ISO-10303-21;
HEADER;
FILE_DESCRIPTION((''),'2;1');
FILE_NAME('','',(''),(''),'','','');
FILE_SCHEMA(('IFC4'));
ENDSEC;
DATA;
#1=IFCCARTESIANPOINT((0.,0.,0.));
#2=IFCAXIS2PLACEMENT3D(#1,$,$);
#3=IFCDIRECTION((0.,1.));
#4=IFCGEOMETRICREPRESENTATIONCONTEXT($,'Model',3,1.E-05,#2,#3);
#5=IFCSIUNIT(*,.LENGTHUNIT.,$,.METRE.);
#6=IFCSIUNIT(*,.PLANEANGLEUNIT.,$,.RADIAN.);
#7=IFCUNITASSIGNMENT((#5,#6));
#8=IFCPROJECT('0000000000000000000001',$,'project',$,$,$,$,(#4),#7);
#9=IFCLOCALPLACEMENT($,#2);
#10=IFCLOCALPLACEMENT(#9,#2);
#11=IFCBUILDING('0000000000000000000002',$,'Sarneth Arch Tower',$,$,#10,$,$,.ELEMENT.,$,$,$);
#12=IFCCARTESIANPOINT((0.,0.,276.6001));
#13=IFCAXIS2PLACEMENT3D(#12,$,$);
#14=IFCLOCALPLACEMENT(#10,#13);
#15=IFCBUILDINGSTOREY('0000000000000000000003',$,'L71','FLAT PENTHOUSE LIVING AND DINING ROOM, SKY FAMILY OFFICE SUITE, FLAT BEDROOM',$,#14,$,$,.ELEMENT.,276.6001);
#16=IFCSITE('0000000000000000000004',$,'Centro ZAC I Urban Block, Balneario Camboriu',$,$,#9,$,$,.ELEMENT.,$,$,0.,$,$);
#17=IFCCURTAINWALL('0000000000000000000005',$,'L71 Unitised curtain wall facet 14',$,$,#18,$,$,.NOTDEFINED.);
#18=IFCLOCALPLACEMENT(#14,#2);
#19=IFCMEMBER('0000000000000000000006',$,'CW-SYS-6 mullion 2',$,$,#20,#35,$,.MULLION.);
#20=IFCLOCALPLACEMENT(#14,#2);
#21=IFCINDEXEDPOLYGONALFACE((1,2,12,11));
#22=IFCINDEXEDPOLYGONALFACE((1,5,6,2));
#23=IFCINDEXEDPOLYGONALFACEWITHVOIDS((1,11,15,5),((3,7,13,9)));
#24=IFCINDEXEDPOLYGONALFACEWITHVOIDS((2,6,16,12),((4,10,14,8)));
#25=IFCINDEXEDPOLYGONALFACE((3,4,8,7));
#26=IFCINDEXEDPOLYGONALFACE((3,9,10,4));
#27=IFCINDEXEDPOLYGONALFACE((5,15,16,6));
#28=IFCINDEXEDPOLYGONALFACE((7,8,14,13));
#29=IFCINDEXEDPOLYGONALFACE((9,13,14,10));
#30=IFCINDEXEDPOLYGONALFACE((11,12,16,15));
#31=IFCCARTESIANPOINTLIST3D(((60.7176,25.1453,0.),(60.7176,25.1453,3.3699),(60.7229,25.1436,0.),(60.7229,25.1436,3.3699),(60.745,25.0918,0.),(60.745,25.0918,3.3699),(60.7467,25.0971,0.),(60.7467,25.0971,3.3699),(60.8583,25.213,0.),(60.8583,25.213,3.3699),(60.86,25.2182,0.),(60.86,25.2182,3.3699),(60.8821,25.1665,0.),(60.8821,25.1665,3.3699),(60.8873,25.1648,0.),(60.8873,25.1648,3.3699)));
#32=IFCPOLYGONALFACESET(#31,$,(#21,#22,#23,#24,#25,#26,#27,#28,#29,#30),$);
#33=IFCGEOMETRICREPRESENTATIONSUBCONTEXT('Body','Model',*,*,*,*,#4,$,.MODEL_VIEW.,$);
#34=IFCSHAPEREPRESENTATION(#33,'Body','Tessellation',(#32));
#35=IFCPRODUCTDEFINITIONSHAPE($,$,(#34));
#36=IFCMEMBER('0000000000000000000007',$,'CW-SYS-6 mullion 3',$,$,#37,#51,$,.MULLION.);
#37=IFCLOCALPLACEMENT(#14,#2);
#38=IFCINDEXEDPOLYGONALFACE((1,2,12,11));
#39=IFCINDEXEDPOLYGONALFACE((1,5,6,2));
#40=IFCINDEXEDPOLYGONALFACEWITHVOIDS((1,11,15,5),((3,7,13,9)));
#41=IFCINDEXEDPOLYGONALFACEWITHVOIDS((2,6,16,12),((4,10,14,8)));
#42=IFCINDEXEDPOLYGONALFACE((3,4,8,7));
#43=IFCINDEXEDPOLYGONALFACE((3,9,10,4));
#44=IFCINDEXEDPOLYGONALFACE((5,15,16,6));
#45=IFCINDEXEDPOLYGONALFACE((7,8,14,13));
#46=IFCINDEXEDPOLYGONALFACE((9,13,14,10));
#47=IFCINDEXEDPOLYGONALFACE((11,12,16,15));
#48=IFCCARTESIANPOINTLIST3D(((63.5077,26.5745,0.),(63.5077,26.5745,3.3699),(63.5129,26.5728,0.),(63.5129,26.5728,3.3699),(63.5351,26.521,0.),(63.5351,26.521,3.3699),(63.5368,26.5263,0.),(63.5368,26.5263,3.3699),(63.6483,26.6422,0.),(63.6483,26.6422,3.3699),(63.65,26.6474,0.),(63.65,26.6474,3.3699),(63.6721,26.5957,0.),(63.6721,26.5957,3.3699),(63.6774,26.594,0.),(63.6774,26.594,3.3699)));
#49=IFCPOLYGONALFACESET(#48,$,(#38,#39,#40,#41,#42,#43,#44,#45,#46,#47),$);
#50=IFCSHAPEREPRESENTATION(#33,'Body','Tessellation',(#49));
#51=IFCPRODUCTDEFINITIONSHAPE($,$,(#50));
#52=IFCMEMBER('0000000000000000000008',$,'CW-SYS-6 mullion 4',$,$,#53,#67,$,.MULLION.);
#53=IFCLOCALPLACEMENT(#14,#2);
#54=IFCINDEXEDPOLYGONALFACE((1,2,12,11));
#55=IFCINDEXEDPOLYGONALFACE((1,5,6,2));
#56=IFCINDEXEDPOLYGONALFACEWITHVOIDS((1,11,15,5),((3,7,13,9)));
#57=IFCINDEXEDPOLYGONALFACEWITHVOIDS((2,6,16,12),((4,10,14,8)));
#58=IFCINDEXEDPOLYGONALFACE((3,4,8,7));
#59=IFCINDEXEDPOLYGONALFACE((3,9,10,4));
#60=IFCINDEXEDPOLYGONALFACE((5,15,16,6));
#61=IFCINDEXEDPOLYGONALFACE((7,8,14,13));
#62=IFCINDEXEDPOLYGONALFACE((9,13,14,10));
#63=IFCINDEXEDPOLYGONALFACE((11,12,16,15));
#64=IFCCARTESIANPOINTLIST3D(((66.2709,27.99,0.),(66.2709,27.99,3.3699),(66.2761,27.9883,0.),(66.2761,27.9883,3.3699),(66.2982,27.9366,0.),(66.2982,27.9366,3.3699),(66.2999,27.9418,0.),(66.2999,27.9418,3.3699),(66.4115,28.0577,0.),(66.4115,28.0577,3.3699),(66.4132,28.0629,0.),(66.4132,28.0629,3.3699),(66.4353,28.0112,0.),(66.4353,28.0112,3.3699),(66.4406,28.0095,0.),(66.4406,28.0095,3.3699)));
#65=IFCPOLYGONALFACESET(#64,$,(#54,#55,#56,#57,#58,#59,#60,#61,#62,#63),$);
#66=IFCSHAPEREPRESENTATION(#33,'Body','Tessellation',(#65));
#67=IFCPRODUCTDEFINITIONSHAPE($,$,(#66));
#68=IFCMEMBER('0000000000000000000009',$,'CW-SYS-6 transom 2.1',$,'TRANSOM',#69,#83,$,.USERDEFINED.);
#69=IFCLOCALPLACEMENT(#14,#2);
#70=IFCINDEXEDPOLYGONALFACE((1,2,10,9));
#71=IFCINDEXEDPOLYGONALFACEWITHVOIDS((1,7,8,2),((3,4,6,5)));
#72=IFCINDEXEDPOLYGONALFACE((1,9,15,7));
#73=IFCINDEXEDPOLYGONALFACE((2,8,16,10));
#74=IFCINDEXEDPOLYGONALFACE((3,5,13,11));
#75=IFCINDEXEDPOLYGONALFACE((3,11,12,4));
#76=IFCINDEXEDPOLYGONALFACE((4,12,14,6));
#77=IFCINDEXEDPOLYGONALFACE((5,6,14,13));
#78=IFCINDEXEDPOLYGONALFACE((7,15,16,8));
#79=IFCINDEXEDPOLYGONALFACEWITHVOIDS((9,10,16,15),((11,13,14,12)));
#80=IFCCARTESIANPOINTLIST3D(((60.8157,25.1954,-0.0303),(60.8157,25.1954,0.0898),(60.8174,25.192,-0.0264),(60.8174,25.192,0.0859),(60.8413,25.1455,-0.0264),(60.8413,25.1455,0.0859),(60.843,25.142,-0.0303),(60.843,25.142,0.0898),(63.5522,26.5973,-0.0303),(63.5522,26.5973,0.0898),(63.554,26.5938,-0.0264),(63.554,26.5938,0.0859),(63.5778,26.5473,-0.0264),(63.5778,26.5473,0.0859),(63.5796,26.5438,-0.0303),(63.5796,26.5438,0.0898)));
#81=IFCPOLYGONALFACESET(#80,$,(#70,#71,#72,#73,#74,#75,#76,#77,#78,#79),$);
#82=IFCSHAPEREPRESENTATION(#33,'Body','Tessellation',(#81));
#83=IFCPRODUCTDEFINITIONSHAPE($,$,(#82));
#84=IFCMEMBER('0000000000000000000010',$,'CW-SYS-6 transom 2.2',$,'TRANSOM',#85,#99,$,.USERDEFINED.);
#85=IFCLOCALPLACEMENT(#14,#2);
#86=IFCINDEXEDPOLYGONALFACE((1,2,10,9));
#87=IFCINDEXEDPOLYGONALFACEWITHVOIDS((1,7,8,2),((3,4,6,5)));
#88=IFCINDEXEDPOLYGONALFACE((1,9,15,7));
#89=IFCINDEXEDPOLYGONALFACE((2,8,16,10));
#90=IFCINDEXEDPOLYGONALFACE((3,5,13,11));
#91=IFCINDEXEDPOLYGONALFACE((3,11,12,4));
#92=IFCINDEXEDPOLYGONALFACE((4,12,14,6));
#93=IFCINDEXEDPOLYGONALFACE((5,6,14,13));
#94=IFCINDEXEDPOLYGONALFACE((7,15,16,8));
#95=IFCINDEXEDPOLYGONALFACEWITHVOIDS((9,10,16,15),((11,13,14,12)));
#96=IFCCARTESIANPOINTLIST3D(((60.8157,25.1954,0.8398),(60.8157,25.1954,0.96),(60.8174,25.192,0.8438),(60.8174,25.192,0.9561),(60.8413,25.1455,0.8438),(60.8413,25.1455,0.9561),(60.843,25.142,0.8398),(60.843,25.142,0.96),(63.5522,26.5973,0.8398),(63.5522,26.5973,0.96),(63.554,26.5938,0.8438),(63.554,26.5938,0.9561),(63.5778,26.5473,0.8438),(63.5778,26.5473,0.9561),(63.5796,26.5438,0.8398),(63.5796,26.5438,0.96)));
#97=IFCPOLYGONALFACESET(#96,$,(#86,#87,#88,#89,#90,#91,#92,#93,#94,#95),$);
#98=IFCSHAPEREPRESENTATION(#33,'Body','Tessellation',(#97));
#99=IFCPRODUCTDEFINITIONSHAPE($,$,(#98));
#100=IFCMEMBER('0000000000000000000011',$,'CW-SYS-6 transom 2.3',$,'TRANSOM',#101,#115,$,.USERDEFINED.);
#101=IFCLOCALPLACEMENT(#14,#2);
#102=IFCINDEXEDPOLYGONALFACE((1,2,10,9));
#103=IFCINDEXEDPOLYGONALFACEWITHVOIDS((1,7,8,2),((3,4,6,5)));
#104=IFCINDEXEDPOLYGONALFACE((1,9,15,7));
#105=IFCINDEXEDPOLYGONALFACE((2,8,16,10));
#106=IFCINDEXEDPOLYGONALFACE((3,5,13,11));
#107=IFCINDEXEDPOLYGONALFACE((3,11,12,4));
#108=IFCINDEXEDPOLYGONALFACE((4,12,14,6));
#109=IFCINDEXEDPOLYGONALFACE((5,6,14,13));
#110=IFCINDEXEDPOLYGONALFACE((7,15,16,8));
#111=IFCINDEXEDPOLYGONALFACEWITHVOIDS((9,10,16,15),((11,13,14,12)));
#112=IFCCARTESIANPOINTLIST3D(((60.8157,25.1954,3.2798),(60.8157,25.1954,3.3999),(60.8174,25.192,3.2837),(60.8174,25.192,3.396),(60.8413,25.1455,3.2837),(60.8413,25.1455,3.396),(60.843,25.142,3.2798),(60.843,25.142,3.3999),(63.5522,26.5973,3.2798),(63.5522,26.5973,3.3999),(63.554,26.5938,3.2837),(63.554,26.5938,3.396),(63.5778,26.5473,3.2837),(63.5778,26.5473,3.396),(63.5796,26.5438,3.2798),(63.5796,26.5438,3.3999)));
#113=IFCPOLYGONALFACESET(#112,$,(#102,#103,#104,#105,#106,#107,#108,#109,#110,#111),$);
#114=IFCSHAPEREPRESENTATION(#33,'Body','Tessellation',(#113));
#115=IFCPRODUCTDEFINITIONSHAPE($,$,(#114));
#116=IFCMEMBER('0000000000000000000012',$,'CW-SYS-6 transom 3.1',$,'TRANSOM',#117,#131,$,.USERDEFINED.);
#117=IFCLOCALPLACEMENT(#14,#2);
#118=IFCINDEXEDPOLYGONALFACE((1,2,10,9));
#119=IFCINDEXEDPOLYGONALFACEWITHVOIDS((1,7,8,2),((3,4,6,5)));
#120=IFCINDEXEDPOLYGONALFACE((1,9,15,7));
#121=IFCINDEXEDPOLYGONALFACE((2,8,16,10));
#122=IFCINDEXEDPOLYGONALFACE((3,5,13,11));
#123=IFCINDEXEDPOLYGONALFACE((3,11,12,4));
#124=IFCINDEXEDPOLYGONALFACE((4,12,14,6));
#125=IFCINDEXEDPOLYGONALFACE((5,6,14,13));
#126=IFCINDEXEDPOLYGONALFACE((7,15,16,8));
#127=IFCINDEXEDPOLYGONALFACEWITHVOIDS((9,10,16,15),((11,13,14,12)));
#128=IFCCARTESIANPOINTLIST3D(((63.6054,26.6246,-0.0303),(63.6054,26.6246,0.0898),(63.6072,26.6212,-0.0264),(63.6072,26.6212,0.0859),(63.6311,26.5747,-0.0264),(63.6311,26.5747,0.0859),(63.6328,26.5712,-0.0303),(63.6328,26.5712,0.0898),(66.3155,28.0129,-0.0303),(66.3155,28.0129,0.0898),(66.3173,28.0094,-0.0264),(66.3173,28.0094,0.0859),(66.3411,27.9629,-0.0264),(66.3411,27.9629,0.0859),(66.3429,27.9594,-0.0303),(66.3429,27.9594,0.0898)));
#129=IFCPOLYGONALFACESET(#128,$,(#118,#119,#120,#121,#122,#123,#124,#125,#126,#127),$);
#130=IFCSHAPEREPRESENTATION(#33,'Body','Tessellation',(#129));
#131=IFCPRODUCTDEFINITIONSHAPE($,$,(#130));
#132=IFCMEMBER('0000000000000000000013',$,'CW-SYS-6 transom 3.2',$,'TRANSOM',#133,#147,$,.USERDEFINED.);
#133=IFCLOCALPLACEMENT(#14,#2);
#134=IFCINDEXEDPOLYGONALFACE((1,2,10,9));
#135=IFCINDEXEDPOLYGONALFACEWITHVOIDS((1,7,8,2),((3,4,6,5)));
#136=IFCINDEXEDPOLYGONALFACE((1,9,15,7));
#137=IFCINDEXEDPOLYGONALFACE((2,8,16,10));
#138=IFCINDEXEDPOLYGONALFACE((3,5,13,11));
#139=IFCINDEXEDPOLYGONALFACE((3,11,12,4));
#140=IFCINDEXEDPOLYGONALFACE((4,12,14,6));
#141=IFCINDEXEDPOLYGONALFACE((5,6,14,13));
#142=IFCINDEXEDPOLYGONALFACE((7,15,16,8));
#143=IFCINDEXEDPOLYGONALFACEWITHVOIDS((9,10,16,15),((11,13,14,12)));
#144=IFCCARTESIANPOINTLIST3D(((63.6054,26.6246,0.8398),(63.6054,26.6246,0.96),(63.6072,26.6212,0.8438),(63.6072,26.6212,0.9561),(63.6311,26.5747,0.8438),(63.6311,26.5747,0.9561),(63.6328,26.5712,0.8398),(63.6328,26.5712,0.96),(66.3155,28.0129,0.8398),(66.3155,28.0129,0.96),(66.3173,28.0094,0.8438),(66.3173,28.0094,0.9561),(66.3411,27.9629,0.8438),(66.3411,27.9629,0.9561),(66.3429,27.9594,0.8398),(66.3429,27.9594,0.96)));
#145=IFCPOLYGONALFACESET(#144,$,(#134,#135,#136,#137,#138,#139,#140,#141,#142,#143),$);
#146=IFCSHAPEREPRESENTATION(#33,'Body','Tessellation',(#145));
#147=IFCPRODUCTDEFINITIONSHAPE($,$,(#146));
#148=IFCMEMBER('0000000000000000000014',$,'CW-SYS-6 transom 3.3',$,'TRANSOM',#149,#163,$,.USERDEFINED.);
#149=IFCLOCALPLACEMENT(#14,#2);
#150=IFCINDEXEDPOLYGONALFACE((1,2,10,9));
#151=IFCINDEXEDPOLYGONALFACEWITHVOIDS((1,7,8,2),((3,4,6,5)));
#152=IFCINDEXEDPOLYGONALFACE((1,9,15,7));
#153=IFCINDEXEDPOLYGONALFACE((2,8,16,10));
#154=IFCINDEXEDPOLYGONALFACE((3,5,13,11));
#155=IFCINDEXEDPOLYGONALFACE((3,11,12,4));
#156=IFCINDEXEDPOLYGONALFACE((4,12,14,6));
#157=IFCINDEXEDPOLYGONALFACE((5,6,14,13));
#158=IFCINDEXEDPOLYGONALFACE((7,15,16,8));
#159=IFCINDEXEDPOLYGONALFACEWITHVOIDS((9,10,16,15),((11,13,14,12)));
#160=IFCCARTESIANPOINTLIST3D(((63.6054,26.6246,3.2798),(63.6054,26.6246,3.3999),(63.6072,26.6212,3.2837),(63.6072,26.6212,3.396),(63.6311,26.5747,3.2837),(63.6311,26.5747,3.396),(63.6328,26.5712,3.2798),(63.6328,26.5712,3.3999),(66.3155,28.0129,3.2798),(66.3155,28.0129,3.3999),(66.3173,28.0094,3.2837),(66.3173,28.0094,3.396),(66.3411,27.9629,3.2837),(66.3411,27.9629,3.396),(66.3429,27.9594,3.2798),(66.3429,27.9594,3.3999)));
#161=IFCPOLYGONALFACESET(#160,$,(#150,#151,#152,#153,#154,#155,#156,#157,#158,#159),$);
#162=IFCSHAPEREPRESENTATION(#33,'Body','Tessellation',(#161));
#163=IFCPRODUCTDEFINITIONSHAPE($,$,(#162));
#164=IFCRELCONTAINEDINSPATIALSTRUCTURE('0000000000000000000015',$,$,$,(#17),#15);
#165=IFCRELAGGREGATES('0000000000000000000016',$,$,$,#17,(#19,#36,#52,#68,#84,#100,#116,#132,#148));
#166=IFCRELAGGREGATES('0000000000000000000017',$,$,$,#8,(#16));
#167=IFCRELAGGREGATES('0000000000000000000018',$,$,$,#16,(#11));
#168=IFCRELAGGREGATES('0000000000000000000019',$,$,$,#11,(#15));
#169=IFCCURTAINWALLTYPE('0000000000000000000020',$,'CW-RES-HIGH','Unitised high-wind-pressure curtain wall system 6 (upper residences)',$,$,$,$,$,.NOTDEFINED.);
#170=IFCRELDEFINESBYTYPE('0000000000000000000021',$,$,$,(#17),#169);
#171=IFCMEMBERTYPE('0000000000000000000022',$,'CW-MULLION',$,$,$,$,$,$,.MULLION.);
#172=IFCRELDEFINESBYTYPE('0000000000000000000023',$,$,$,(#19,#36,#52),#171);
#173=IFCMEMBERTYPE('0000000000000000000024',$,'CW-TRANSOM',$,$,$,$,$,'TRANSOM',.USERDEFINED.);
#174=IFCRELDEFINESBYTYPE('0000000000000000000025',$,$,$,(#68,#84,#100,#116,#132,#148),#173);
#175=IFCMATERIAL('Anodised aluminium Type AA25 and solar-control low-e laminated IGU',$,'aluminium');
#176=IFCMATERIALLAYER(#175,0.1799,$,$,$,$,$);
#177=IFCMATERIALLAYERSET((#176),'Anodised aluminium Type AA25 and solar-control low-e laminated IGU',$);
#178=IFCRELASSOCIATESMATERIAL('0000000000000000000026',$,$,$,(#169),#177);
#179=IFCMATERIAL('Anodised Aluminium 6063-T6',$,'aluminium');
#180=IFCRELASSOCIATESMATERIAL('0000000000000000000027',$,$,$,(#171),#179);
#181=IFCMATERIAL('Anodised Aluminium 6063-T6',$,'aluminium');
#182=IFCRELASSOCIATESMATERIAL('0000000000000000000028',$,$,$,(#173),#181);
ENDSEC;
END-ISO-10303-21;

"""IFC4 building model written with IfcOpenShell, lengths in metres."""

from ifc_helpers import new_model, si_unit, direction, frame, origin, origin_2d, place, context, subcontext, project, spatial, hollow_rectangle, extrude, material, layer, layer_set, material_profile, profile_set, type_object, element, aggregate, save


model = new_model("IFC4")

# Units and contexts
model_context = context("Model", 3, precision=1e-05, world=origin(), true_north=direction((0.0, 1.0)))
body_context = subcontext(model_context, "Body", "Model", "MODEL_VIEW")
ifc_project = project(units=[si_unit("LENGTHUNIT", "METRE"), si_unit("PLANEANGLEUNIT", "RADIAN")], contexts=[model_context])

# Site, building, storey
site_placement = place(None, origin())
site = spatial("IfcSite", under=ifc_project, at=site_placement, Name="Centro ZAC I Urban Block, Balneario Camboriu", CompositionType="ELEMENT", RefElevation=0.0)
building_placement = place(site_placement, origin())
building = spatial("IfcBuilding", under=site, at=building_placement, Name="Sarneth Arch Tower", CompositionType="ELEMENT")
storey_placement = place(building_placement, frame((0.0, 0.0, 276.6001)))
storey = spatial("IfcBuildingStorey", under=building, at=storey_placement, Name="L71", Description="FLAT PENTHOUSE LIVING AND DINING ROOM, SKY FAMILY OFFICE SUITE, FLAT BEDROOM", CompositionType="ELEMENT", Elevation=276.6001)

# Curtain wall, members
ifc_material_1 = material(Name="Anodised aluminium Type AA25 and solar-control low-e laminated IGU", Category="aluminium")
ifc_layer_1 = layer(ifc_material_1, 0.1799)
ifc_layer_set_1 = layer_set([ifc_layer_1], Name="Anodised aluminium Type AA25 and solar-control low-e laminated IGU")
curtain_wall_type = type_object("IfcCurtainWallType", Name="CW-RES-HIGH", Description="Unitised high-wind-pressure curtain wall system 6 (upper residences)", PredefinedType="NOTDEFINED", material=ifc_layer_set_1)
curtain_wall_placement = place(storey_placement, origin())
curtain_wall = element("IfcCurtainWall", 1, at=curtain_wall_placement, inside=storey, type_object=curtain_wall_type, Name="L71 Unitised curtain wall facet 14", PredefinedType="NOTDEFINED")
ifc_material_2 = material(Name="Anodised Aluminium 6063-T6", Category="aluminium")
ifc_material_profile_1 = material_profile(ifc_material_2, hollow_rectangle(XDim=0.0601, YDim=0.1599, WallThickness=0.0039, at=origin_2d()), Name="AL-MULL-160x60x4")
ifc_profile_set_1 = profile_set([ifc_material_profile_1], Name="Anodised Aluminium 6063-T6")
member_type_1 = type_object("IfcMemberType", Name="CW-MULLION", PredefinedType="MULLION", material=ifc_profile_set_1)
member_1_placement = place(storey_placement, frame((60.8025, 25.155, 0.0), z_axis=(0.0, 0.0, 1.0), x_axis=(-0.455942, 0.89001, 0.0)))
member_1 = element("IfcMember", 2, at=member_1_placement, type_object=member_type_1, Name="CW-SYS-6 mullion 2", PredefinedType="MULLION", context=body_context, shape_type="SweptSolid", body=[
    extrude(hollow_rectangle(XDim=0.0601, YDim=0.1599, WallThickness=0.0039, at=origin_2d()), origin(), (0.0, 0.0, 1.0), 3.3699),
])
member_2_placement = place(storey_placement, frame((63.5925, 26.5842, 0.0), z_axis=(0.0, 0.0, 1.0), x_axis=(-0.455942, 0.89001, 0.0)))
member_2 = element("IfcMember", 3, at=member_2_placement, type_object=member_type_1, Name="CW-SYS-6 mullion 3", PredefinedType="MULLION", context=body_context, shape_type="SweptSolid", body=[
    extrude(hollow_rectangle(XDim=0.0601, YDim=0.1599, WallThickness=0.0039, at=origin_2d()), origin(), (0.0, 0.0, 1.0), 3.3699),
])
member_3_placement = place(storey_placement, frame((66.3557, 27.9998, 0.0), z_axis=(0.0, 0.0, 1.0), x_axis=(-0.455942, 0.89001, 0.0)))
member_3 = element("IfcMember", 4, at=member_3_placement, type_object=member_type_1, Name="CW-SYS-6 mullion 4", PredefinedType="MULLION", context=body_context, shape_type="SweptSolid", body=[
    extrude(hollow_rectangle(XDim=0.0601, YDim=0.1599, WallThickness=0.0039, at=origin_2d()), origin(), (0.0, 0.0, 1.0), 3.3699),
])
ifc_material_3 = material(Name="Anodised Aluminium 6063-T6", Category="aluminium")
ifc_material_profile_2 = material_profile(ifc_material_3, hollow_rectangle(XDim=0.0601, YDim=0.1201, WallThickness=0.0039, at=origin_2d()), Name="AL-TRAN-120x60x4")
ifc_profile_set_2 = profile_set([ifc_material_profile_2], Name="Anodised Aluminium 6063-T6")
member_type_2 = type_object("IfcMemberType", Name="CW-TRANSOM", ElementType="TRANSOM", PredefinedType="USERDEFINED", material=ifc_profile_set_2)
member_4_placement = place(storey_placement, frame((60.8293, 25.1687, 0.0298), z_axis=(0.890017, 0.455926, 0.0), x_axis=(-0.455926, 0.890017, 0.0)))
member_4 = element("IfcMember", 5, at=member_4_placement, type_object=member_type_2, Name="CW-SYS-6 transom 2.1", ObjectType="TRANSOM", PredefinedType="USERDEFINED", context=body_context, shape_type="SweptSolid", body=[
    extrude(hollow_rectangle(XDim=0.0601, YDim=0.1201, WallThickness=0.0039, at=origin_2d()), origin(), (0.0, 0.0, 1.0), 3.0747),
])
member_5_placement = place(storey_placement, frame((60.8293, 25.1687, 0.8999), z_axis=(0.890017, 0.455926, 0.0), x_axis=(-0.455926, 0.890017, 0.0)))
member_5 = element("IfcMember", 6, at=member_5_placement, type_object=member_type_2, Name="CW-SYS-6 transom 2.2", ObjectType="TRANSOM", PredefinedType="USERDEFINED", context=body_context, shape_type="SweptSolid", body=[
    extrude(hollow_rectangle(XDim=0.0601, YDim=0.1201, WallThickness=0.0039, at=origin_2d()), origin(), (0.0, 0.0, 1.0), 3.0747),
])
member_6_placement = place(storey_placement, frame((60.8293, 25.1687, 3.3398), z_axis=(0.890017, 0.455926, 0.0), x_axis=(-0.455926, 0.890017, 0.0)))
member_6 = element("IfcMember", 7, at=member_6_placement, type_object=member_type_2, Name="CW-SYS-6 transom 2.3", ObjectType="TRANSOM", PredefinedType="USERDEFINED", context=body_context, shape_type="SweptSolid", body=[
    extrude(hollow_rectangle(XDim=0.0601, YDim=0.1201, WallThickness=0.0039, at=origin_2d()), origin(), (0.0, 0.0, 1.0), 3.0747),
])
member_7_placement = place(storey_placement, frame((63.6191, 26.5979, 0.0298), z_axis=(0.890023, 0.455916, 0.0), x_axis=(-0.455916, 0.890023, 0.0)))
member_7 = element("IfcMember", 8, at=member_7_placement, type_object=member_type_2, Name="CW-SYS-6 transom 3.1", ObjectType="TRANSOM", PredefinedType="USERDEFINED", context=body_context, shape_type="SweptSolid", body=[
    extrude(hollow_rectangle(XDim=0.0601, YDim=0.1201, WallThickness=0.0039, at=origin_2d()), origin(), (0.0, 0.0, 1.0), 3.0449),
])
member_8_placement = place(storey_placement, frame((63.6191, 26.5979, 0.8999), z_axis=(0.890023, 0.455916, 0.0), x_axis=(-0.455916, 0.890023, 0.0)))
member_8 = element("IfcMember", 9, at=member_8_placement, type_object=member_type_2, Name="CW-SYS-6 transom 3.2", ObjectType="TRANSOM", PredefinedType="USERDEFINED", context=body_context, shape_type="SweptSolid", body=[
    extrude(hollow_rectangle(XDim=0.0601, YDim=0.1201, WallThickness=0.0039, at=origin_2d()), origin(), (0.0, 0.0, 1.0), 3.0449),
])
member_9_placement = place(storey_placement, frame((63.6191, 26.5979, 3.3398), z_axis=(0.890023, 0.455916, 0.0), x_axis=(-0.455916, 0.890023, 0.0)))
member_9 = element("IfcMember", 10, at=member_9_placement, type_object=member_type_2, Name="CW-SYS-6 transom 3.3", ObjectType="TRANSOM", PredefinedType="USERDEFINED", context=body_context, shape_type="SweptSolid", body=[
    extrude(hollow_rectangle(XDim=0.0601, YDim=0.1201, WallThickness=0.0039, at=origin_2d()), origin(), (0.0, 0.0, 1.0), 3.0449),
])

aggregate(curtain_wall, [member_1, member_2, member_3, member_4, member_5, member_6, member_7, member_8, member_9])

save(model, "model.ifc")
